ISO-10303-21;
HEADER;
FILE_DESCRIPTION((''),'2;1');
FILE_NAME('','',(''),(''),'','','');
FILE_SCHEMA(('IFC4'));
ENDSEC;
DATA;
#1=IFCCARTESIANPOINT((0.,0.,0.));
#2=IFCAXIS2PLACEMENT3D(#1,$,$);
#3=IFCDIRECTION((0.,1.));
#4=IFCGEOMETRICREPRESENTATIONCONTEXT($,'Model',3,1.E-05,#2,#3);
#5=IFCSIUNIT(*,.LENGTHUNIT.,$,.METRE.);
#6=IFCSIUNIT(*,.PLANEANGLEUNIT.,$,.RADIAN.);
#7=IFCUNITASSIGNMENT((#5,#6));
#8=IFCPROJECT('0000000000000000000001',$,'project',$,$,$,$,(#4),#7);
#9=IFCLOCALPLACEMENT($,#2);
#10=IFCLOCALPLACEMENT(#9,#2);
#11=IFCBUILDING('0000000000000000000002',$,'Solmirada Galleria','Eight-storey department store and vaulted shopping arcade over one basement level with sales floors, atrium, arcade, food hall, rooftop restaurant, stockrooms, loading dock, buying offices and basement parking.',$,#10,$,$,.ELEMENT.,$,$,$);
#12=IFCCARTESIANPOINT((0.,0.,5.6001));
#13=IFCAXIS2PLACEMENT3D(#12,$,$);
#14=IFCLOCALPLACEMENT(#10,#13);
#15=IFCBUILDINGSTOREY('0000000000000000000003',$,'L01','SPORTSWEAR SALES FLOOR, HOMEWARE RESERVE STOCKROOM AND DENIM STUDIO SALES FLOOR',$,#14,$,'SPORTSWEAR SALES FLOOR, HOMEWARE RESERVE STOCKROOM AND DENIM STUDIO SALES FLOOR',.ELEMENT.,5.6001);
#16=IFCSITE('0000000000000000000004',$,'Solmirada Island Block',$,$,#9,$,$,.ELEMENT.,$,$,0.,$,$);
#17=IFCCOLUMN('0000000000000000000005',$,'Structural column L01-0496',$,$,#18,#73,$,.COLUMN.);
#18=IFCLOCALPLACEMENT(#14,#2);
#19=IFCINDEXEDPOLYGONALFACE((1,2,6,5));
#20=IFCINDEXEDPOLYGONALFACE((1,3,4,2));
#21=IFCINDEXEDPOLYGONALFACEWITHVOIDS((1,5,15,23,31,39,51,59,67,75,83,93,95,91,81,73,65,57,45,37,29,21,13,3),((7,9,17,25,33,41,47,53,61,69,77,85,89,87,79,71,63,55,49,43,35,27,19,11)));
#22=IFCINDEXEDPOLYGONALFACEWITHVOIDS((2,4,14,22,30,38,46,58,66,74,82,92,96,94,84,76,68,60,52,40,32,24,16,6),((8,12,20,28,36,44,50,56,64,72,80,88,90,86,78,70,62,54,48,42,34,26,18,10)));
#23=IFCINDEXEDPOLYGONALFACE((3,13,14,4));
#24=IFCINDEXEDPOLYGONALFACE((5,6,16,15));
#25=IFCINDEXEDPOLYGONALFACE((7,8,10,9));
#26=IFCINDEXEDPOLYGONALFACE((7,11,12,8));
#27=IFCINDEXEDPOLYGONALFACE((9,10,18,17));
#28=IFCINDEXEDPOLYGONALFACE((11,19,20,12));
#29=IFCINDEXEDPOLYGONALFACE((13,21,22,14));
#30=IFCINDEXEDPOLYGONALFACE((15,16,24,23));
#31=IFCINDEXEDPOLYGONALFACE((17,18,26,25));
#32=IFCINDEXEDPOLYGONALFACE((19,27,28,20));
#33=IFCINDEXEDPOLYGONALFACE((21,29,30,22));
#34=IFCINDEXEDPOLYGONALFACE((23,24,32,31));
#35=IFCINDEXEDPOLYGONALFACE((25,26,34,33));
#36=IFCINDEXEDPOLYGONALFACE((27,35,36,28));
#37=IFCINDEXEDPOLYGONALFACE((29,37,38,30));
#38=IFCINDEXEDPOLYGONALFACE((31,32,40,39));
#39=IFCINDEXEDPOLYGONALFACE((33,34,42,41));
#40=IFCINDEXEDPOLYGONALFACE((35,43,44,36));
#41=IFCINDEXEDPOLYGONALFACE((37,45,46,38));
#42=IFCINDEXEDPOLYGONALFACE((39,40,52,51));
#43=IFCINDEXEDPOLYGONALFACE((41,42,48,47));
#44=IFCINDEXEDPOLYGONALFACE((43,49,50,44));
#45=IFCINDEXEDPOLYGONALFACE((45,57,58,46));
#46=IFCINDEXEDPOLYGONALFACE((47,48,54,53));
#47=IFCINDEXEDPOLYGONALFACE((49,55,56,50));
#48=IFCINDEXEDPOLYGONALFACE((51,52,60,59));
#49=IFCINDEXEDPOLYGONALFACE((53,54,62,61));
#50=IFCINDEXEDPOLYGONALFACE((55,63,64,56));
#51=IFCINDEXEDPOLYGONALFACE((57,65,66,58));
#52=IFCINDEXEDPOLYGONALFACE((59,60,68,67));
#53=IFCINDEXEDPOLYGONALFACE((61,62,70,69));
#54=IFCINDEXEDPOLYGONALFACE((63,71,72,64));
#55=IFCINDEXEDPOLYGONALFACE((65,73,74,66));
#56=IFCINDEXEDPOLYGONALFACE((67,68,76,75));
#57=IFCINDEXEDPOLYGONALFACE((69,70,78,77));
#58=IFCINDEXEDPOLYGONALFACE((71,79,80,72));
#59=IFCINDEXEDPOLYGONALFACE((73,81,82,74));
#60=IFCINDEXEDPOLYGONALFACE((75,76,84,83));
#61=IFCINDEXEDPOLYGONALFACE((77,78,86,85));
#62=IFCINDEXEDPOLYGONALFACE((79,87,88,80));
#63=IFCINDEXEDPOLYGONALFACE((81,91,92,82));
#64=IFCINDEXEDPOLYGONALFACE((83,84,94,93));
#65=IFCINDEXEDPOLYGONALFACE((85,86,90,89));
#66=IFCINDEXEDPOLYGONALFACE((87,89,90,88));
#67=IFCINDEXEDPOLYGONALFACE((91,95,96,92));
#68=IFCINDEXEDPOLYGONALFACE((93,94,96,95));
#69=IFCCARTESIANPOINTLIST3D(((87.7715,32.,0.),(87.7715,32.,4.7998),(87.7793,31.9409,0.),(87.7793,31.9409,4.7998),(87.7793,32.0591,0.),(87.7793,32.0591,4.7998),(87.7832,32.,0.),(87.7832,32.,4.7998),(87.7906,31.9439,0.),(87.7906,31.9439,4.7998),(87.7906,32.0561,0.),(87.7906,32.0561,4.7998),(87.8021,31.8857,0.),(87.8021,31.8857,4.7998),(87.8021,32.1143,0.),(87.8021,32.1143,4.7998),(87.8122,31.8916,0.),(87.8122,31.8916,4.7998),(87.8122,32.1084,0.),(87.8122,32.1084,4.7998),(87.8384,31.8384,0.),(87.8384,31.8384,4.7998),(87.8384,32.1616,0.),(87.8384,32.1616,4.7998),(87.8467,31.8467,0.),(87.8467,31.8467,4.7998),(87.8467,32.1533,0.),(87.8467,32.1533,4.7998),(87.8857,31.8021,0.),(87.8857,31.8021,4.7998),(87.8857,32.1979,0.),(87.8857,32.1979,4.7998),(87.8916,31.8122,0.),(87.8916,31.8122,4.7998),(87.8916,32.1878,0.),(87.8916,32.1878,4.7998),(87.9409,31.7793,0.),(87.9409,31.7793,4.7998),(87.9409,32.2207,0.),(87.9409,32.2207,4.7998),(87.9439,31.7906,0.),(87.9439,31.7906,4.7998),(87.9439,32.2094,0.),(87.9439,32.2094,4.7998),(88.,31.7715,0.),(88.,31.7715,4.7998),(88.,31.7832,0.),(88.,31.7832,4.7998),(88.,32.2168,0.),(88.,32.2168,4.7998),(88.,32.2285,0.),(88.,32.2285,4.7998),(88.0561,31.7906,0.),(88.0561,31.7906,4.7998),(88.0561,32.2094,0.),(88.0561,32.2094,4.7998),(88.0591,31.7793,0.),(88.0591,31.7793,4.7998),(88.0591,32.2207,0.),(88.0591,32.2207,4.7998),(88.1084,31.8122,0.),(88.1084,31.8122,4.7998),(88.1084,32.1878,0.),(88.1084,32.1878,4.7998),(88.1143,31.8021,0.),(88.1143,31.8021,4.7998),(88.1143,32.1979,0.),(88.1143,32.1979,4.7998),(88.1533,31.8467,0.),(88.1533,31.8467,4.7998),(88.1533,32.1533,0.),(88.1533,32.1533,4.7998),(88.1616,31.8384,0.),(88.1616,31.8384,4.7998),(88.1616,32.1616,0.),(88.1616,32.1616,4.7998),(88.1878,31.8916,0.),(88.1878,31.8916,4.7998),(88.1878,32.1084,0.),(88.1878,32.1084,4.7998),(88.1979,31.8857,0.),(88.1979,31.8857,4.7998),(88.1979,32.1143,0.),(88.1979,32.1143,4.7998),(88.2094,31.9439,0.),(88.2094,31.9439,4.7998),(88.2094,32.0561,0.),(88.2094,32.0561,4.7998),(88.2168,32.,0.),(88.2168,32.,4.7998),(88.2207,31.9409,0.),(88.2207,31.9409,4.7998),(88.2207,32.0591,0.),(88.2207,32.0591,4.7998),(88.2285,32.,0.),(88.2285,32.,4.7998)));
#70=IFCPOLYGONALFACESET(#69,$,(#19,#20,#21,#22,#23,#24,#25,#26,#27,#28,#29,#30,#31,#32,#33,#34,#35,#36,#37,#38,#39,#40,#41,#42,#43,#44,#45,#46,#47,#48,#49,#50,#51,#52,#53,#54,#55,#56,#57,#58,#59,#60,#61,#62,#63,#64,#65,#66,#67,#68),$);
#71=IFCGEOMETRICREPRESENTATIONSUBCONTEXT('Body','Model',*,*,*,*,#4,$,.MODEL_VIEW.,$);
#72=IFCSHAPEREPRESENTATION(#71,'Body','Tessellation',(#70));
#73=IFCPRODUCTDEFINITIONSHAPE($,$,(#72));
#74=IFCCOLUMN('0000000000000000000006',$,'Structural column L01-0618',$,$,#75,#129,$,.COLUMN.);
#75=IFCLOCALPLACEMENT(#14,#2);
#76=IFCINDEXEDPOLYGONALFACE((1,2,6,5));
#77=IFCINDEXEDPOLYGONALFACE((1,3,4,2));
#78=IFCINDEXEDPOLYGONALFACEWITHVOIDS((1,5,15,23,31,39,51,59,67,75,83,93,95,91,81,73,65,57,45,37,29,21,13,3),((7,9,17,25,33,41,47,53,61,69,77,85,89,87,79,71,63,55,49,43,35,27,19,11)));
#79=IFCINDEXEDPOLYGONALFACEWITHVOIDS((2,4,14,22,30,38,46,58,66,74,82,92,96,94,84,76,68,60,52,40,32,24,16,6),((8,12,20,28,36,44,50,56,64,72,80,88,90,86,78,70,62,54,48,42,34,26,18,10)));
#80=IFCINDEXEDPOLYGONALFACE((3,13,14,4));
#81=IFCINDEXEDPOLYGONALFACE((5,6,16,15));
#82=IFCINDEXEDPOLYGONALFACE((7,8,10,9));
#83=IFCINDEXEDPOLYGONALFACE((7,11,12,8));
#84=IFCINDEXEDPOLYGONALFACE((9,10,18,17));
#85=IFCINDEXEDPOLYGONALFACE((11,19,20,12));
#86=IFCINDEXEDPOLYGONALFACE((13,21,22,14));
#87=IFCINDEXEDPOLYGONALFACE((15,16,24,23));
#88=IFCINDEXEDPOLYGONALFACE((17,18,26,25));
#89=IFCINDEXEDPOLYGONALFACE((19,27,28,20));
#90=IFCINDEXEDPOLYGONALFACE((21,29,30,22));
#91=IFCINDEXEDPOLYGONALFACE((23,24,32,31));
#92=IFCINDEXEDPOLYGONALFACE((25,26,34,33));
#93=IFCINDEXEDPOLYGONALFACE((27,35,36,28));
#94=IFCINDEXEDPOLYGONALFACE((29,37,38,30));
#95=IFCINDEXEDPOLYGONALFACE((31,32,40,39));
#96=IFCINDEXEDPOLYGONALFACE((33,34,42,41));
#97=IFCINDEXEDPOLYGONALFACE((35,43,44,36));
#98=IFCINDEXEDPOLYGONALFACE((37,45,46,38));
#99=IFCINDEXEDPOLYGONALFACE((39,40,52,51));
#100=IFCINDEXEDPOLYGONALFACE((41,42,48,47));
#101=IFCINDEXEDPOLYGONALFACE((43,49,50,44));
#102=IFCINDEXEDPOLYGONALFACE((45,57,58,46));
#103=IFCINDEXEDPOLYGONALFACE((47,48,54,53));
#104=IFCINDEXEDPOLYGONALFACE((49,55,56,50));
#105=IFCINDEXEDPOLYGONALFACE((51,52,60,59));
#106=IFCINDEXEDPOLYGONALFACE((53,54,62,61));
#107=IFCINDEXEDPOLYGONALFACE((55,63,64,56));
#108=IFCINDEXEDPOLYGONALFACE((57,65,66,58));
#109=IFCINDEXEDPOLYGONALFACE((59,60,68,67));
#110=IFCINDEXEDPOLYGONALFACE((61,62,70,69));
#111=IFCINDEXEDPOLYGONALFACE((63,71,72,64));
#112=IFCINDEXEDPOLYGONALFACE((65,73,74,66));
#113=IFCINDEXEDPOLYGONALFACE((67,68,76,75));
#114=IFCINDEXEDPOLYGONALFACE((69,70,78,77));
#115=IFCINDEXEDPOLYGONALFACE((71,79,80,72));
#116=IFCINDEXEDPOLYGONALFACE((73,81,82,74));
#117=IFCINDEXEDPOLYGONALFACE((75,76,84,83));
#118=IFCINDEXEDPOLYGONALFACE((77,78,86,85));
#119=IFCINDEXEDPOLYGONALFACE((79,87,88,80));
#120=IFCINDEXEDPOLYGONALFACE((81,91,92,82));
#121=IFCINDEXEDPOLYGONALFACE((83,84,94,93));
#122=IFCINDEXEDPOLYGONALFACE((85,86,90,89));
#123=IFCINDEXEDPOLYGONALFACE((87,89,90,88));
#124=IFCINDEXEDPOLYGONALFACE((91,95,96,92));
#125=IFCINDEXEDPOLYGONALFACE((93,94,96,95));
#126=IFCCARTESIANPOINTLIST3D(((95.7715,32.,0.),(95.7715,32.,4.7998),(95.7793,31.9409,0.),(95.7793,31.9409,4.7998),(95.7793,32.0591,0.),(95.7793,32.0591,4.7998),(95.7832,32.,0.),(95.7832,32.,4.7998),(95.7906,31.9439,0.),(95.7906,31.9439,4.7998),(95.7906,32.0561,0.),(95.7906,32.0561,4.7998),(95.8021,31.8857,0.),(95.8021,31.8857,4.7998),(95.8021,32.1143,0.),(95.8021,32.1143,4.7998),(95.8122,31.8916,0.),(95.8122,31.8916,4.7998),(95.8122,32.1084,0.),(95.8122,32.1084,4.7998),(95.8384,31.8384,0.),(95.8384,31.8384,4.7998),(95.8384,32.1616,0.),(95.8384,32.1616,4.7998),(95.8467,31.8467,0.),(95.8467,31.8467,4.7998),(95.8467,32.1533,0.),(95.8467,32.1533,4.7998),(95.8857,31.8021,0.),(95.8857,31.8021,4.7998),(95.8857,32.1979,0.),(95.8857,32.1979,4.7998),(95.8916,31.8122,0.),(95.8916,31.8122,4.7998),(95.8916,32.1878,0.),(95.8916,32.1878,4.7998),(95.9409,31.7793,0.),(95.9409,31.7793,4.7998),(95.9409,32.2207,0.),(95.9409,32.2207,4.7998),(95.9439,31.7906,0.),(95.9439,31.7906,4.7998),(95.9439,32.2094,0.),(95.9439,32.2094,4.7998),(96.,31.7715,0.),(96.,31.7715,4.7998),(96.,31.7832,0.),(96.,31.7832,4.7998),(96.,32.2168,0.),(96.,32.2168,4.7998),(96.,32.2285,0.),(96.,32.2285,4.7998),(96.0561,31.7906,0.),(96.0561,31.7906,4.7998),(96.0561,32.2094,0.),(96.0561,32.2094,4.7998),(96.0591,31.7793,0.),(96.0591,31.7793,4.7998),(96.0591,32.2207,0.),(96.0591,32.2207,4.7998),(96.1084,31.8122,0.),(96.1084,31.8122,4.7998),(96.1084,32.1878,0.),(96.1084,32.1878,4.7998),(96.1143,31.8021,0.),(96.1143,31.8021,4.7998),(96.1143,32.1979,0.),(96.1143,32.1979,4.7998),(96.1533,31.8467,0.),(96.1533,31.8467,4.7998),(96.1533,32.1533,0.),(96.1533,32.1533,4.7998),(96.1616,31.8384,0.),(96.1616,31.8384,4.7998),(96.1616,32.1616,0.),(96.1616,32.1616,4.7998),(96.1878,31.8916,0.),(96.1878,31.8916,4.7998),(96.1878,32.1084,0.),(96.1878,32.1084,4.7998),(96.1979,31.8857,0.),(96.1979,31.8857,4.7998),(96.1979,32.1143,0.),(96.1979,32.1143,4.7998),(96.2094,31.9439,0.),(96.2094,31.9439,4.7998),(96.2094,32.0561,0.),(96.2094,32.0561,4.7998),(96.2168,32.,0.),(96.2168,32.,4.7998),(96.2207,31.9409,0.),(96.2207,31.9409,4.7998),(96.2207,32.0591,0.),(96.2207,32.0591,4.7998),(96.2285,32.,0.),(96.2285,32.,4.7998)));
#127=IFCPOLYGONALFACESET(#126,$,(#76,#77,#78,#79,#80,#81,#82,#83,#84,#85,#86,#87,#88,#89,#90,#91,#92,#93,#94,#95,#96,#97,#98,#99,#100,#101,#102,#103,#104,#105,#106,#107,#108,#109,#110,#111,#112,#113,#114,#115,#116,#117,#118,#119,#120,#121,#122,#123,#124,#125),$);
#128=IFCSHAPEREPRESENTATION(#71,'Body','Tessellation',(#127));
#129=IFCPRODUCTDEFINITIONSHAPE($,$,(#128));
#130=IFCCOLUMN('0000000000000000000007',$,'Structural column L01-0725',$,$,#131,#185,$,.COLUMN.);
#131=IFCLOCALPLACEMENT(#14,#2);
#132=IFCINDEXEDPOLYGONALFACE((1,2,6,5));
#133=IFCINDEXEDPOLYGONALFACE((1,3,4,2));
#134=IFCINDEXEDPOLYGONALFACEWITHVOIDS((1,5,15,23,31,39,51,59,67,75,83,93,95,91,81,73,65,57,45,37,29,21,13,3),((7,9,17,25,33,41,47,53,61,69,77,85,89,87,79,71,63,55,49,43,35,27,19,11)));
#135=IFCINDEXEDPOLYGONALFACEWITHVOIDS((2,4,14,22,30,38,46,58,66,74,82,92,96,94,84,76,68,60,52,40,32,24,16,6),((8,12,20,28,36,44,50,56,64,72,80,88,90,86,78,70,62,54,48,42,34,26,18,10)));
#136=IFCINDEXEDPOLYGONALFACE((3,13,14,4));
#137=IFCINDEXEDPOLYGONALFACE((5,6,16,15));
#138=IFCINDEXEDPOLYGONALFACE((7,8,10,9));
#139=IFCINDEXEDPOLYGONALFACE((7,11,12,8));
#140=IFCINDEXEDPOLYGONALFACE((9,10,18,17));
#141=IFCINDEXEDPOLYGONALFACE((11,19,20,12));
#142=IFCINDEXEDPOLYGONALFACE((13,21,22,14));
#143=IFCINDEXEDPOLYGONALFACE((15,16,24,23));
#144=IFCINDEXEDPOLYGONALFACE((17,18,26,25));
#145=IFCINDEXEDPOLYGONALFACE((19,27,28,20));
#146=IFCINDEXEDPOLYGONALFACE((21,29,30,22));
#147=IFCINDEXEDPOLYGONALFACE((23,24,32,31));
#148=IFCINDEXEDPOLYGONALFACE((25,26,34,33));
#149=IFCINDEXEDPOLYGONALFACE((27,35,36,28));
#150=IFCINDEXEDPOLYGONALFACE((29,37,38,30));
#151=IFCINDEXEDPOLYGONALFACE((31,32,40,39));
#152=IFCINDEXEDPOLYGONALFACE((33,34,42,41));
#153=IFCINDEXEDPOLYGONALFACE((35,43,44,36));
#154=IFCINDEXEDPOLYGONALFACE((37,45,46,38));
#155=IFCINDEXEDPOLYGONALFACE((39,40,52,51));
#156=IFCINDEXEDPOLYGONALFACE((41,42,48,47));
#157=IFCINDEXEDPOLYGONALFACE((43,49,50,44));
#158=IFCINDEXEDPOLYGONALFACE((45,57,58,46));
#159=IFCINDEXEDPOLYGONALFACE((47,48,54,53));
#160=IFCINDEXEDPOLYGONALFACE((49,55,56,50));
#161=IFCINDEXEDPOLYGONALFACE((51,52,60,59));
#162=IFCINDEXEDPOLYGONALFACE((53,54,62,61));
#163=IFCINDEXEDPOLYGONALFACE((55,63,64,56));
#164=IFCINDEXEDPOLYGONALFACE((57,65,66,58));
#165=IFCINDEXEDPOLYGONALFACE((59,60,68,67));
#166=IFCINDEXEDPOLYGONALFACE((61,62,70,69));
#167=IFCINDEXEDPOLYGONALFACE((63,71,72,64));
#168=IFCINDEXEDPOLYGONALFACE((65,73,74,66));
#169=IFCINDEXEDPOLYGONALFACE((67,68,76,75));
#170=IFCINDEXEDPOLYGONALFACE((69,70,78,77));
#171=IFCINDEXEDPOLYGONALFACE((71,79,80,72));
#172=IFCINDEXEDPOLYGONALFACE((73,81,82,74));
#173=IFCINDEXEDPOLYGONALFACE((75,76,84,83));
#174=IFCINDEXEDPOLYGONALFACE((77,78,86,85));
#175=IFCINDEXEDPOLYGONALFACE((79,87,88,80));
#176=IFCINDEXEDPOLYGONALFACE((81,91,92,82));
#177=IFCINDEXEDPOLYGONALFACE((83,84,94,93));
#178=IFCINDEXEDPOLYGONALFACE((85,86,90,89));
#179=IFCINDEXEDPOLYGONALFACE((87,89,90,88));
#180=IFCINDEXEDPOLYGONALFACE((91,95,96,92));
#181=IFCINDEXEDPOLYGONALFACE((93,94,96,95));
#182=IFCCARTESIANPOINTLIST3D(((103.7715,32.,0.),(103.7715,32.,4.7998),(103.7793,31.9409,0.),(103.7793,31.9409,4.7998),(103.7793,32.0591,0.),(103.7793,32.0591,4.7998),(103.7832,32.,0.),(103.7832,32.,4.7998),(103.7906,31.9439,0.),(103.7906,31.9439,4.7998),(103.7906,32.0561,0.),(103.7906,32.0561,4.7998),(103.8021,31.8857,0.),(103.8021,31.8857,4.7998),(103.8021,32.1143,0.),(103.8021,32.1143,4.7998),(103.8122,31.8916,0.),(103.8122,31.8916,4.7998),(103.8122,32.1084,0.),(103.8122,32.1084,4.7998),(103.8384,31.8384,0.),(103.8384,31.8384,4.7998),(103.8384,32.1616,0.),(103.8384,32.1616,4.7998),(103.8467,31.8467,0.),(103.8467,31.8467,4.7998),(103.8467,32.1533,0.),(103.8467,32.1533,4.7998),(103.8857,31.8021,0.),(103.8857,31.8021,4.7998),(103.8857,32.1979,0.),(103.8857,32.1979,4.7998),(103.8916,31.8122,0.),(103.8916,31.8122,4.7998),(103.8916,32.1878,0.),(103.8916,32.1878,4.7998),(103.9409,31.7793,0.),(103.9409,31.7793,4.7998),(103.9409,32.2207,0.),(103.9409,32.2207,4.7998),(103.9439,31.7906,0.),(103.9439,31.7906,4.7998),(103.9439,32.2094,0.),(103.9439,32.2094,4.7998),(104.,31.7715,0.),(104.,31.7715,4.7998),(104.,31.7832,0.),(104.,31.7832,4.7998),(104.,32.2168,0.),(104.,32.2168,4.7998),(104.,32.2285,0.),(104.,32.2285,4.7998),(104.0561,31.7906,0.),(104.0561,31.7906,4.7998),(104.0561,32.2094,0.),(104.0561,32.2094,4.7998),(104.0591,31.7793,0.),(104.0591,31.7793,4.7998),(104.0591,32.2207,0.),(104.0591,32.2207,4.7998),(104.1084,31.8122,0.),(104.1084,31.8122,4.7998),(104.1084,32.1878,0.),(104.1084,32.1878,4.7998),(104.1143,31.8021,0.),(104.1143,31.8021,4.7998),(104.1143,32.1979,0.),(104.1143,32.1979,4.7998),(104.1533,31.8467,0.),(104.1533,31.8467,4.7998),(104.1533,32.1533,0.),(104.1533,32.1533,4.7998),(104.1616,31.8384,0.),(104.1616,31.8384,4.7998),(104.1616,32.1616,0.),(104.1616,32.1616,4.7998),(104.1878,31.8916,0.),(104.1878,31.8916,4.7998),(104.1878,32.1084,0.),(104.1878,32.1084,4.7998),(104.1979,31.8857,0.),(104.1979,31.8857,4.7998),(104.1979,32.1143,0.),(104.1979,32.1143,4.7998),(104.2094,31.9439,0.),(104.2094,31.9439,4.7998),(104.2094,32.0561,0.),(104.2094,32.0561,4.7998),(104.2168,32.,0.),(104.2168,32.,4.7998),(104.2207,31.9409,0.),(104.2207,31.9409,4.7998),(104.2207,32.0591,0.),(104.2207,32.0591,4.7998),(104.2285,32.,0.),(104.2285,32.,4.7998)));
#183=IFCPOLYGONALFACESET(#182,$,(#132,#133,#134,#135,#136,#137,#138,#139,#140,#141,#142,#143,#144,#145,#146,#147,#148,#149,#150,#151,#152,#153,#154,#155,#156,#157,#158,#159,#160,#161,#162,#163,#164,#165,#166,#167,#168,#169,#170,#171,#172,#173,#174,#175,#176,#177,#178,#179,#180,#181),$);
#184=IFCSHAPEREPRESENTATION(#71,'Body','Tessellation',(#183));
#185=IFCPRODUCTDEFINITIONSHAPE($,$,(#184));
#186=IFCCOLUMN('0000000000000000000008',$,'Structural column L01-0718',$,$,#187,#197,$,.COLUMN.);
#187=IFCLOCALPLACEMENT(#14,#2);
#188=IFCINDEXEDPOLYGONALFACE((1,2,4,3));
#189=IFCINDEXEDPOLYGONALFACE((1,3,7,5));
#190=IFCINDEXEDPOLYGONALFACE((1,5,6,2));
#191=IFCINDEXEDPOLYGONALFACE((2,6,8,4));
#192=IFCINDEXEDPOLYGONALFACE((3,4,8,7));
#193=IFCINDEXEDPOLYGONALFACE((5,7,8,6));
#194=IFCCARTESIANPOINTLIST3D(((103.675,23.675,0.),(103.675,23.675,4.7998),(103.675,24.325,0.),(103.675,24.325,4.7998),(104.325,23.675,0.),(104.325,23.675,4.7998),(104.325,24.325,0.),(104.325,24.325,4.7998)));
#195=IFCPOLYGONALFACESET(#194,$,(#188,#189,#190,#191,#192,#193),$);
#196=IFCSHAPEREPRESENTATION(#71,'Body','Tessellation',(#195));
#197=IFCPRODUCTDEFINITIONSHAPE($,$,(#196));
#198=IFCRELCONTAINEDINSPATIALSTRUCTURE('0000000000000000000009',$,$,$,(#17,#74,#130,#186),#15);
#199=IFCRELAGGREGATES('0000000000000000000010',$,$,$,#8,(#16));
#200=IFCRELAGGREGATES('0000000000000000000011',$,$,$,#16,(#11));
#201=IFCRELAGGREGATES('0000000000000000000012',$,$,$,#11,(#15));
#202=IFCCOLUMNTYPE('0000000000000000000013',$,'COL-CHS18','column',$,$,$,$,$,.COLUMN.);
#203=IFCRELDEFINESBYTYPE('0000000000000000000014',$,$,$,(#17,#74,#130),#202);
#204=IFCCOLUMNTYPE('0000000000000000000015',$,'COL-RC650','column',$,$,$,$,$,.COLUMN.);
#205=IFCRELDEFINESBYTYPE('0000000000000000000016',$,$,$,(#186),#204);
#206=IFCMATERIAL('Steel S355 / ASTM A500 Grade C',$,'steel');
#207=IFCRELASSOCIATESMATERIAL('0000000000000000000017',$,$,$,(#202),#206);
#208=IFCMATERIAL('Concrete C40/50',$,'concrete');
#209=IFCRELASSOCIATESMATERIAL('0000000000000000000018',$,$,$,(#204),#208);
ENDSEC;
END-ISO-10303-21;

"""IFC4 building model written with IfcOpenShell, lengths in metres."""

from ifc_helpers import new_model, si_unit, direction, frame, origin, origin_2d, place, context, subcontext, project, spatial, rectangle, hollow_circle, extrude, material, material_profile, profile_set, type_object, element, save


model = new_model("IFC4")

# Units and contexts
model_context = context("Model", 3, precision=1e-05, world=origin(), true_north=direction((0.0, 1.0)))
body_context = subcontext(model_context, "Body", "Model", "MODEL_VIEW")
ifc_project = project(units=[si_unit("LENGTHUNIT", "METRE"), si_unit("PLANEANGLEUNIT", "RADIAN")], contexts=[model_context])

# Site, building, storey
site_placement = place(None, origin())
site = spatial("IfcSite", under=ifc_project, at=site_placement, Name="Solmirada Island Block", CompositionType="ELEMENT", RefElevation=0.0)
building_placement = place(site_placement, origin())
building = spatial("IfcBuilding", under=site, at=building_placement, Name="Solmirada Galleria", Description="Eight-storey department store and vaulted shopping arcade over one basement level with sales floors, atrium, arcade, food hall, rooftop restaurant, stockrooms, loading dock, buying offices and basement parking.", CompositionType="ELEMENT")
storey_placement = place(building_placement, frame((0.0, 0.0, 5.6001)))
storey = spatial("IfcBuildingStorey", under=building, at=storey_placement, Name="L01", Description="SPORTSWEAR SALES FLOOR, HOMEWARE RESERVE STOCKROOM AND DENIM STUDIO SALES FLOOR", LongName="SPORTSWEAR SALES FLOOR, HOMEWARE RESERVE STOCKROOM AND DENIM STUDIO SALES FLOOR", CompositionType="ELEMENT", Elevation=5.6001)

# Columns
ifc_material_1 = material(Name="Steel S355 / ASTM A500 Grade C", Category="steel")
ifc_material_profile_1 = material_profile(ifc_material_1, hollow_circle(Radius=0.2285, WallThickness=0.0117, at=origin_2d()), Name="HSS18.000X0.500")
ifc_profile_set_1 = profile_set([ifc_material_profile_1], Name="Steel S355 / ASTM A500 Grade C")
column_type_1 = type_object("IfcColumnType", Name="COL-CHS18", Description="column", PredefinedType="COLUMN", material=ifc_profile_set_1)
for number, where, z_axis, x_axis, name in (
    (1, (88.0, 32.0, 0.0), (0.0, 0.0, 1.0), (1.0, 0.0, 0.0), "Structural column L01-0496"),
    (2, (96.0, 32.0, 0.0), (0.0, 0.0, 1.0), (1.0, 0.0, 0.0), "Structural column L01-0618"),
    (3, (104.0, 32.0, 0.0), (0.0, 0.0, 1.0), (1.0, 0.0, 0.0), "Structural column L01-0725"),
):
    element("IfcColumn", number, at=place(storey_placement, frame(where, z_axis=z_axis, x_axis=x_axis)), inside=storey, type_object=column_type_1, Name=name, PredefinedType="COLUMN", context=body_context, shape_type="SweptSolid", body=[
        extrude(hollow_circle(Radius=0.2285, WallThickness=0.0117, at=origin_2d()), origin(), (0.0, 0.0, 1.0), 4.7998),
    ])
ifc_material_2 = material(Name="Concrete C40/50", Category="concrete")
ifc_material_profile_2 = material_profile(ifc_material_2, rectangle(XDim=0.6499, YDim=0.6499, at=origin_2d()), Name="RC650X650")
ifc_profile_set_2 = profile_set([ifc_material_profile_2], Name="Concrete C40/50")
column_type_2 = type_object("IfcColumnType", Name="COL-RC650", Description="column", PredefinedType="COLUMN", material=ifc_profile_set_2)
column_placement = place(storey_placement, frame((104.0, 24.0, 0.0), z_axis=(0.0, 0.0, 1.0), x_axis=(1.0, 0.0, 0.0)))
element("IfcColumn", 4, at=column_placement, inside=storey, type_object=column_type_2, Name="Structural column L01-0718", PredefinedType="COLUMN", context=body_context, shape_type="SweptSolid", body=[
    extrude(rectangle(XDim=0.6499, YDim=0.6499, at=origin_2d()), origin(), (0.0, 0.0, 1.0), 4.7998),
])

save(model, "model.ifc")
